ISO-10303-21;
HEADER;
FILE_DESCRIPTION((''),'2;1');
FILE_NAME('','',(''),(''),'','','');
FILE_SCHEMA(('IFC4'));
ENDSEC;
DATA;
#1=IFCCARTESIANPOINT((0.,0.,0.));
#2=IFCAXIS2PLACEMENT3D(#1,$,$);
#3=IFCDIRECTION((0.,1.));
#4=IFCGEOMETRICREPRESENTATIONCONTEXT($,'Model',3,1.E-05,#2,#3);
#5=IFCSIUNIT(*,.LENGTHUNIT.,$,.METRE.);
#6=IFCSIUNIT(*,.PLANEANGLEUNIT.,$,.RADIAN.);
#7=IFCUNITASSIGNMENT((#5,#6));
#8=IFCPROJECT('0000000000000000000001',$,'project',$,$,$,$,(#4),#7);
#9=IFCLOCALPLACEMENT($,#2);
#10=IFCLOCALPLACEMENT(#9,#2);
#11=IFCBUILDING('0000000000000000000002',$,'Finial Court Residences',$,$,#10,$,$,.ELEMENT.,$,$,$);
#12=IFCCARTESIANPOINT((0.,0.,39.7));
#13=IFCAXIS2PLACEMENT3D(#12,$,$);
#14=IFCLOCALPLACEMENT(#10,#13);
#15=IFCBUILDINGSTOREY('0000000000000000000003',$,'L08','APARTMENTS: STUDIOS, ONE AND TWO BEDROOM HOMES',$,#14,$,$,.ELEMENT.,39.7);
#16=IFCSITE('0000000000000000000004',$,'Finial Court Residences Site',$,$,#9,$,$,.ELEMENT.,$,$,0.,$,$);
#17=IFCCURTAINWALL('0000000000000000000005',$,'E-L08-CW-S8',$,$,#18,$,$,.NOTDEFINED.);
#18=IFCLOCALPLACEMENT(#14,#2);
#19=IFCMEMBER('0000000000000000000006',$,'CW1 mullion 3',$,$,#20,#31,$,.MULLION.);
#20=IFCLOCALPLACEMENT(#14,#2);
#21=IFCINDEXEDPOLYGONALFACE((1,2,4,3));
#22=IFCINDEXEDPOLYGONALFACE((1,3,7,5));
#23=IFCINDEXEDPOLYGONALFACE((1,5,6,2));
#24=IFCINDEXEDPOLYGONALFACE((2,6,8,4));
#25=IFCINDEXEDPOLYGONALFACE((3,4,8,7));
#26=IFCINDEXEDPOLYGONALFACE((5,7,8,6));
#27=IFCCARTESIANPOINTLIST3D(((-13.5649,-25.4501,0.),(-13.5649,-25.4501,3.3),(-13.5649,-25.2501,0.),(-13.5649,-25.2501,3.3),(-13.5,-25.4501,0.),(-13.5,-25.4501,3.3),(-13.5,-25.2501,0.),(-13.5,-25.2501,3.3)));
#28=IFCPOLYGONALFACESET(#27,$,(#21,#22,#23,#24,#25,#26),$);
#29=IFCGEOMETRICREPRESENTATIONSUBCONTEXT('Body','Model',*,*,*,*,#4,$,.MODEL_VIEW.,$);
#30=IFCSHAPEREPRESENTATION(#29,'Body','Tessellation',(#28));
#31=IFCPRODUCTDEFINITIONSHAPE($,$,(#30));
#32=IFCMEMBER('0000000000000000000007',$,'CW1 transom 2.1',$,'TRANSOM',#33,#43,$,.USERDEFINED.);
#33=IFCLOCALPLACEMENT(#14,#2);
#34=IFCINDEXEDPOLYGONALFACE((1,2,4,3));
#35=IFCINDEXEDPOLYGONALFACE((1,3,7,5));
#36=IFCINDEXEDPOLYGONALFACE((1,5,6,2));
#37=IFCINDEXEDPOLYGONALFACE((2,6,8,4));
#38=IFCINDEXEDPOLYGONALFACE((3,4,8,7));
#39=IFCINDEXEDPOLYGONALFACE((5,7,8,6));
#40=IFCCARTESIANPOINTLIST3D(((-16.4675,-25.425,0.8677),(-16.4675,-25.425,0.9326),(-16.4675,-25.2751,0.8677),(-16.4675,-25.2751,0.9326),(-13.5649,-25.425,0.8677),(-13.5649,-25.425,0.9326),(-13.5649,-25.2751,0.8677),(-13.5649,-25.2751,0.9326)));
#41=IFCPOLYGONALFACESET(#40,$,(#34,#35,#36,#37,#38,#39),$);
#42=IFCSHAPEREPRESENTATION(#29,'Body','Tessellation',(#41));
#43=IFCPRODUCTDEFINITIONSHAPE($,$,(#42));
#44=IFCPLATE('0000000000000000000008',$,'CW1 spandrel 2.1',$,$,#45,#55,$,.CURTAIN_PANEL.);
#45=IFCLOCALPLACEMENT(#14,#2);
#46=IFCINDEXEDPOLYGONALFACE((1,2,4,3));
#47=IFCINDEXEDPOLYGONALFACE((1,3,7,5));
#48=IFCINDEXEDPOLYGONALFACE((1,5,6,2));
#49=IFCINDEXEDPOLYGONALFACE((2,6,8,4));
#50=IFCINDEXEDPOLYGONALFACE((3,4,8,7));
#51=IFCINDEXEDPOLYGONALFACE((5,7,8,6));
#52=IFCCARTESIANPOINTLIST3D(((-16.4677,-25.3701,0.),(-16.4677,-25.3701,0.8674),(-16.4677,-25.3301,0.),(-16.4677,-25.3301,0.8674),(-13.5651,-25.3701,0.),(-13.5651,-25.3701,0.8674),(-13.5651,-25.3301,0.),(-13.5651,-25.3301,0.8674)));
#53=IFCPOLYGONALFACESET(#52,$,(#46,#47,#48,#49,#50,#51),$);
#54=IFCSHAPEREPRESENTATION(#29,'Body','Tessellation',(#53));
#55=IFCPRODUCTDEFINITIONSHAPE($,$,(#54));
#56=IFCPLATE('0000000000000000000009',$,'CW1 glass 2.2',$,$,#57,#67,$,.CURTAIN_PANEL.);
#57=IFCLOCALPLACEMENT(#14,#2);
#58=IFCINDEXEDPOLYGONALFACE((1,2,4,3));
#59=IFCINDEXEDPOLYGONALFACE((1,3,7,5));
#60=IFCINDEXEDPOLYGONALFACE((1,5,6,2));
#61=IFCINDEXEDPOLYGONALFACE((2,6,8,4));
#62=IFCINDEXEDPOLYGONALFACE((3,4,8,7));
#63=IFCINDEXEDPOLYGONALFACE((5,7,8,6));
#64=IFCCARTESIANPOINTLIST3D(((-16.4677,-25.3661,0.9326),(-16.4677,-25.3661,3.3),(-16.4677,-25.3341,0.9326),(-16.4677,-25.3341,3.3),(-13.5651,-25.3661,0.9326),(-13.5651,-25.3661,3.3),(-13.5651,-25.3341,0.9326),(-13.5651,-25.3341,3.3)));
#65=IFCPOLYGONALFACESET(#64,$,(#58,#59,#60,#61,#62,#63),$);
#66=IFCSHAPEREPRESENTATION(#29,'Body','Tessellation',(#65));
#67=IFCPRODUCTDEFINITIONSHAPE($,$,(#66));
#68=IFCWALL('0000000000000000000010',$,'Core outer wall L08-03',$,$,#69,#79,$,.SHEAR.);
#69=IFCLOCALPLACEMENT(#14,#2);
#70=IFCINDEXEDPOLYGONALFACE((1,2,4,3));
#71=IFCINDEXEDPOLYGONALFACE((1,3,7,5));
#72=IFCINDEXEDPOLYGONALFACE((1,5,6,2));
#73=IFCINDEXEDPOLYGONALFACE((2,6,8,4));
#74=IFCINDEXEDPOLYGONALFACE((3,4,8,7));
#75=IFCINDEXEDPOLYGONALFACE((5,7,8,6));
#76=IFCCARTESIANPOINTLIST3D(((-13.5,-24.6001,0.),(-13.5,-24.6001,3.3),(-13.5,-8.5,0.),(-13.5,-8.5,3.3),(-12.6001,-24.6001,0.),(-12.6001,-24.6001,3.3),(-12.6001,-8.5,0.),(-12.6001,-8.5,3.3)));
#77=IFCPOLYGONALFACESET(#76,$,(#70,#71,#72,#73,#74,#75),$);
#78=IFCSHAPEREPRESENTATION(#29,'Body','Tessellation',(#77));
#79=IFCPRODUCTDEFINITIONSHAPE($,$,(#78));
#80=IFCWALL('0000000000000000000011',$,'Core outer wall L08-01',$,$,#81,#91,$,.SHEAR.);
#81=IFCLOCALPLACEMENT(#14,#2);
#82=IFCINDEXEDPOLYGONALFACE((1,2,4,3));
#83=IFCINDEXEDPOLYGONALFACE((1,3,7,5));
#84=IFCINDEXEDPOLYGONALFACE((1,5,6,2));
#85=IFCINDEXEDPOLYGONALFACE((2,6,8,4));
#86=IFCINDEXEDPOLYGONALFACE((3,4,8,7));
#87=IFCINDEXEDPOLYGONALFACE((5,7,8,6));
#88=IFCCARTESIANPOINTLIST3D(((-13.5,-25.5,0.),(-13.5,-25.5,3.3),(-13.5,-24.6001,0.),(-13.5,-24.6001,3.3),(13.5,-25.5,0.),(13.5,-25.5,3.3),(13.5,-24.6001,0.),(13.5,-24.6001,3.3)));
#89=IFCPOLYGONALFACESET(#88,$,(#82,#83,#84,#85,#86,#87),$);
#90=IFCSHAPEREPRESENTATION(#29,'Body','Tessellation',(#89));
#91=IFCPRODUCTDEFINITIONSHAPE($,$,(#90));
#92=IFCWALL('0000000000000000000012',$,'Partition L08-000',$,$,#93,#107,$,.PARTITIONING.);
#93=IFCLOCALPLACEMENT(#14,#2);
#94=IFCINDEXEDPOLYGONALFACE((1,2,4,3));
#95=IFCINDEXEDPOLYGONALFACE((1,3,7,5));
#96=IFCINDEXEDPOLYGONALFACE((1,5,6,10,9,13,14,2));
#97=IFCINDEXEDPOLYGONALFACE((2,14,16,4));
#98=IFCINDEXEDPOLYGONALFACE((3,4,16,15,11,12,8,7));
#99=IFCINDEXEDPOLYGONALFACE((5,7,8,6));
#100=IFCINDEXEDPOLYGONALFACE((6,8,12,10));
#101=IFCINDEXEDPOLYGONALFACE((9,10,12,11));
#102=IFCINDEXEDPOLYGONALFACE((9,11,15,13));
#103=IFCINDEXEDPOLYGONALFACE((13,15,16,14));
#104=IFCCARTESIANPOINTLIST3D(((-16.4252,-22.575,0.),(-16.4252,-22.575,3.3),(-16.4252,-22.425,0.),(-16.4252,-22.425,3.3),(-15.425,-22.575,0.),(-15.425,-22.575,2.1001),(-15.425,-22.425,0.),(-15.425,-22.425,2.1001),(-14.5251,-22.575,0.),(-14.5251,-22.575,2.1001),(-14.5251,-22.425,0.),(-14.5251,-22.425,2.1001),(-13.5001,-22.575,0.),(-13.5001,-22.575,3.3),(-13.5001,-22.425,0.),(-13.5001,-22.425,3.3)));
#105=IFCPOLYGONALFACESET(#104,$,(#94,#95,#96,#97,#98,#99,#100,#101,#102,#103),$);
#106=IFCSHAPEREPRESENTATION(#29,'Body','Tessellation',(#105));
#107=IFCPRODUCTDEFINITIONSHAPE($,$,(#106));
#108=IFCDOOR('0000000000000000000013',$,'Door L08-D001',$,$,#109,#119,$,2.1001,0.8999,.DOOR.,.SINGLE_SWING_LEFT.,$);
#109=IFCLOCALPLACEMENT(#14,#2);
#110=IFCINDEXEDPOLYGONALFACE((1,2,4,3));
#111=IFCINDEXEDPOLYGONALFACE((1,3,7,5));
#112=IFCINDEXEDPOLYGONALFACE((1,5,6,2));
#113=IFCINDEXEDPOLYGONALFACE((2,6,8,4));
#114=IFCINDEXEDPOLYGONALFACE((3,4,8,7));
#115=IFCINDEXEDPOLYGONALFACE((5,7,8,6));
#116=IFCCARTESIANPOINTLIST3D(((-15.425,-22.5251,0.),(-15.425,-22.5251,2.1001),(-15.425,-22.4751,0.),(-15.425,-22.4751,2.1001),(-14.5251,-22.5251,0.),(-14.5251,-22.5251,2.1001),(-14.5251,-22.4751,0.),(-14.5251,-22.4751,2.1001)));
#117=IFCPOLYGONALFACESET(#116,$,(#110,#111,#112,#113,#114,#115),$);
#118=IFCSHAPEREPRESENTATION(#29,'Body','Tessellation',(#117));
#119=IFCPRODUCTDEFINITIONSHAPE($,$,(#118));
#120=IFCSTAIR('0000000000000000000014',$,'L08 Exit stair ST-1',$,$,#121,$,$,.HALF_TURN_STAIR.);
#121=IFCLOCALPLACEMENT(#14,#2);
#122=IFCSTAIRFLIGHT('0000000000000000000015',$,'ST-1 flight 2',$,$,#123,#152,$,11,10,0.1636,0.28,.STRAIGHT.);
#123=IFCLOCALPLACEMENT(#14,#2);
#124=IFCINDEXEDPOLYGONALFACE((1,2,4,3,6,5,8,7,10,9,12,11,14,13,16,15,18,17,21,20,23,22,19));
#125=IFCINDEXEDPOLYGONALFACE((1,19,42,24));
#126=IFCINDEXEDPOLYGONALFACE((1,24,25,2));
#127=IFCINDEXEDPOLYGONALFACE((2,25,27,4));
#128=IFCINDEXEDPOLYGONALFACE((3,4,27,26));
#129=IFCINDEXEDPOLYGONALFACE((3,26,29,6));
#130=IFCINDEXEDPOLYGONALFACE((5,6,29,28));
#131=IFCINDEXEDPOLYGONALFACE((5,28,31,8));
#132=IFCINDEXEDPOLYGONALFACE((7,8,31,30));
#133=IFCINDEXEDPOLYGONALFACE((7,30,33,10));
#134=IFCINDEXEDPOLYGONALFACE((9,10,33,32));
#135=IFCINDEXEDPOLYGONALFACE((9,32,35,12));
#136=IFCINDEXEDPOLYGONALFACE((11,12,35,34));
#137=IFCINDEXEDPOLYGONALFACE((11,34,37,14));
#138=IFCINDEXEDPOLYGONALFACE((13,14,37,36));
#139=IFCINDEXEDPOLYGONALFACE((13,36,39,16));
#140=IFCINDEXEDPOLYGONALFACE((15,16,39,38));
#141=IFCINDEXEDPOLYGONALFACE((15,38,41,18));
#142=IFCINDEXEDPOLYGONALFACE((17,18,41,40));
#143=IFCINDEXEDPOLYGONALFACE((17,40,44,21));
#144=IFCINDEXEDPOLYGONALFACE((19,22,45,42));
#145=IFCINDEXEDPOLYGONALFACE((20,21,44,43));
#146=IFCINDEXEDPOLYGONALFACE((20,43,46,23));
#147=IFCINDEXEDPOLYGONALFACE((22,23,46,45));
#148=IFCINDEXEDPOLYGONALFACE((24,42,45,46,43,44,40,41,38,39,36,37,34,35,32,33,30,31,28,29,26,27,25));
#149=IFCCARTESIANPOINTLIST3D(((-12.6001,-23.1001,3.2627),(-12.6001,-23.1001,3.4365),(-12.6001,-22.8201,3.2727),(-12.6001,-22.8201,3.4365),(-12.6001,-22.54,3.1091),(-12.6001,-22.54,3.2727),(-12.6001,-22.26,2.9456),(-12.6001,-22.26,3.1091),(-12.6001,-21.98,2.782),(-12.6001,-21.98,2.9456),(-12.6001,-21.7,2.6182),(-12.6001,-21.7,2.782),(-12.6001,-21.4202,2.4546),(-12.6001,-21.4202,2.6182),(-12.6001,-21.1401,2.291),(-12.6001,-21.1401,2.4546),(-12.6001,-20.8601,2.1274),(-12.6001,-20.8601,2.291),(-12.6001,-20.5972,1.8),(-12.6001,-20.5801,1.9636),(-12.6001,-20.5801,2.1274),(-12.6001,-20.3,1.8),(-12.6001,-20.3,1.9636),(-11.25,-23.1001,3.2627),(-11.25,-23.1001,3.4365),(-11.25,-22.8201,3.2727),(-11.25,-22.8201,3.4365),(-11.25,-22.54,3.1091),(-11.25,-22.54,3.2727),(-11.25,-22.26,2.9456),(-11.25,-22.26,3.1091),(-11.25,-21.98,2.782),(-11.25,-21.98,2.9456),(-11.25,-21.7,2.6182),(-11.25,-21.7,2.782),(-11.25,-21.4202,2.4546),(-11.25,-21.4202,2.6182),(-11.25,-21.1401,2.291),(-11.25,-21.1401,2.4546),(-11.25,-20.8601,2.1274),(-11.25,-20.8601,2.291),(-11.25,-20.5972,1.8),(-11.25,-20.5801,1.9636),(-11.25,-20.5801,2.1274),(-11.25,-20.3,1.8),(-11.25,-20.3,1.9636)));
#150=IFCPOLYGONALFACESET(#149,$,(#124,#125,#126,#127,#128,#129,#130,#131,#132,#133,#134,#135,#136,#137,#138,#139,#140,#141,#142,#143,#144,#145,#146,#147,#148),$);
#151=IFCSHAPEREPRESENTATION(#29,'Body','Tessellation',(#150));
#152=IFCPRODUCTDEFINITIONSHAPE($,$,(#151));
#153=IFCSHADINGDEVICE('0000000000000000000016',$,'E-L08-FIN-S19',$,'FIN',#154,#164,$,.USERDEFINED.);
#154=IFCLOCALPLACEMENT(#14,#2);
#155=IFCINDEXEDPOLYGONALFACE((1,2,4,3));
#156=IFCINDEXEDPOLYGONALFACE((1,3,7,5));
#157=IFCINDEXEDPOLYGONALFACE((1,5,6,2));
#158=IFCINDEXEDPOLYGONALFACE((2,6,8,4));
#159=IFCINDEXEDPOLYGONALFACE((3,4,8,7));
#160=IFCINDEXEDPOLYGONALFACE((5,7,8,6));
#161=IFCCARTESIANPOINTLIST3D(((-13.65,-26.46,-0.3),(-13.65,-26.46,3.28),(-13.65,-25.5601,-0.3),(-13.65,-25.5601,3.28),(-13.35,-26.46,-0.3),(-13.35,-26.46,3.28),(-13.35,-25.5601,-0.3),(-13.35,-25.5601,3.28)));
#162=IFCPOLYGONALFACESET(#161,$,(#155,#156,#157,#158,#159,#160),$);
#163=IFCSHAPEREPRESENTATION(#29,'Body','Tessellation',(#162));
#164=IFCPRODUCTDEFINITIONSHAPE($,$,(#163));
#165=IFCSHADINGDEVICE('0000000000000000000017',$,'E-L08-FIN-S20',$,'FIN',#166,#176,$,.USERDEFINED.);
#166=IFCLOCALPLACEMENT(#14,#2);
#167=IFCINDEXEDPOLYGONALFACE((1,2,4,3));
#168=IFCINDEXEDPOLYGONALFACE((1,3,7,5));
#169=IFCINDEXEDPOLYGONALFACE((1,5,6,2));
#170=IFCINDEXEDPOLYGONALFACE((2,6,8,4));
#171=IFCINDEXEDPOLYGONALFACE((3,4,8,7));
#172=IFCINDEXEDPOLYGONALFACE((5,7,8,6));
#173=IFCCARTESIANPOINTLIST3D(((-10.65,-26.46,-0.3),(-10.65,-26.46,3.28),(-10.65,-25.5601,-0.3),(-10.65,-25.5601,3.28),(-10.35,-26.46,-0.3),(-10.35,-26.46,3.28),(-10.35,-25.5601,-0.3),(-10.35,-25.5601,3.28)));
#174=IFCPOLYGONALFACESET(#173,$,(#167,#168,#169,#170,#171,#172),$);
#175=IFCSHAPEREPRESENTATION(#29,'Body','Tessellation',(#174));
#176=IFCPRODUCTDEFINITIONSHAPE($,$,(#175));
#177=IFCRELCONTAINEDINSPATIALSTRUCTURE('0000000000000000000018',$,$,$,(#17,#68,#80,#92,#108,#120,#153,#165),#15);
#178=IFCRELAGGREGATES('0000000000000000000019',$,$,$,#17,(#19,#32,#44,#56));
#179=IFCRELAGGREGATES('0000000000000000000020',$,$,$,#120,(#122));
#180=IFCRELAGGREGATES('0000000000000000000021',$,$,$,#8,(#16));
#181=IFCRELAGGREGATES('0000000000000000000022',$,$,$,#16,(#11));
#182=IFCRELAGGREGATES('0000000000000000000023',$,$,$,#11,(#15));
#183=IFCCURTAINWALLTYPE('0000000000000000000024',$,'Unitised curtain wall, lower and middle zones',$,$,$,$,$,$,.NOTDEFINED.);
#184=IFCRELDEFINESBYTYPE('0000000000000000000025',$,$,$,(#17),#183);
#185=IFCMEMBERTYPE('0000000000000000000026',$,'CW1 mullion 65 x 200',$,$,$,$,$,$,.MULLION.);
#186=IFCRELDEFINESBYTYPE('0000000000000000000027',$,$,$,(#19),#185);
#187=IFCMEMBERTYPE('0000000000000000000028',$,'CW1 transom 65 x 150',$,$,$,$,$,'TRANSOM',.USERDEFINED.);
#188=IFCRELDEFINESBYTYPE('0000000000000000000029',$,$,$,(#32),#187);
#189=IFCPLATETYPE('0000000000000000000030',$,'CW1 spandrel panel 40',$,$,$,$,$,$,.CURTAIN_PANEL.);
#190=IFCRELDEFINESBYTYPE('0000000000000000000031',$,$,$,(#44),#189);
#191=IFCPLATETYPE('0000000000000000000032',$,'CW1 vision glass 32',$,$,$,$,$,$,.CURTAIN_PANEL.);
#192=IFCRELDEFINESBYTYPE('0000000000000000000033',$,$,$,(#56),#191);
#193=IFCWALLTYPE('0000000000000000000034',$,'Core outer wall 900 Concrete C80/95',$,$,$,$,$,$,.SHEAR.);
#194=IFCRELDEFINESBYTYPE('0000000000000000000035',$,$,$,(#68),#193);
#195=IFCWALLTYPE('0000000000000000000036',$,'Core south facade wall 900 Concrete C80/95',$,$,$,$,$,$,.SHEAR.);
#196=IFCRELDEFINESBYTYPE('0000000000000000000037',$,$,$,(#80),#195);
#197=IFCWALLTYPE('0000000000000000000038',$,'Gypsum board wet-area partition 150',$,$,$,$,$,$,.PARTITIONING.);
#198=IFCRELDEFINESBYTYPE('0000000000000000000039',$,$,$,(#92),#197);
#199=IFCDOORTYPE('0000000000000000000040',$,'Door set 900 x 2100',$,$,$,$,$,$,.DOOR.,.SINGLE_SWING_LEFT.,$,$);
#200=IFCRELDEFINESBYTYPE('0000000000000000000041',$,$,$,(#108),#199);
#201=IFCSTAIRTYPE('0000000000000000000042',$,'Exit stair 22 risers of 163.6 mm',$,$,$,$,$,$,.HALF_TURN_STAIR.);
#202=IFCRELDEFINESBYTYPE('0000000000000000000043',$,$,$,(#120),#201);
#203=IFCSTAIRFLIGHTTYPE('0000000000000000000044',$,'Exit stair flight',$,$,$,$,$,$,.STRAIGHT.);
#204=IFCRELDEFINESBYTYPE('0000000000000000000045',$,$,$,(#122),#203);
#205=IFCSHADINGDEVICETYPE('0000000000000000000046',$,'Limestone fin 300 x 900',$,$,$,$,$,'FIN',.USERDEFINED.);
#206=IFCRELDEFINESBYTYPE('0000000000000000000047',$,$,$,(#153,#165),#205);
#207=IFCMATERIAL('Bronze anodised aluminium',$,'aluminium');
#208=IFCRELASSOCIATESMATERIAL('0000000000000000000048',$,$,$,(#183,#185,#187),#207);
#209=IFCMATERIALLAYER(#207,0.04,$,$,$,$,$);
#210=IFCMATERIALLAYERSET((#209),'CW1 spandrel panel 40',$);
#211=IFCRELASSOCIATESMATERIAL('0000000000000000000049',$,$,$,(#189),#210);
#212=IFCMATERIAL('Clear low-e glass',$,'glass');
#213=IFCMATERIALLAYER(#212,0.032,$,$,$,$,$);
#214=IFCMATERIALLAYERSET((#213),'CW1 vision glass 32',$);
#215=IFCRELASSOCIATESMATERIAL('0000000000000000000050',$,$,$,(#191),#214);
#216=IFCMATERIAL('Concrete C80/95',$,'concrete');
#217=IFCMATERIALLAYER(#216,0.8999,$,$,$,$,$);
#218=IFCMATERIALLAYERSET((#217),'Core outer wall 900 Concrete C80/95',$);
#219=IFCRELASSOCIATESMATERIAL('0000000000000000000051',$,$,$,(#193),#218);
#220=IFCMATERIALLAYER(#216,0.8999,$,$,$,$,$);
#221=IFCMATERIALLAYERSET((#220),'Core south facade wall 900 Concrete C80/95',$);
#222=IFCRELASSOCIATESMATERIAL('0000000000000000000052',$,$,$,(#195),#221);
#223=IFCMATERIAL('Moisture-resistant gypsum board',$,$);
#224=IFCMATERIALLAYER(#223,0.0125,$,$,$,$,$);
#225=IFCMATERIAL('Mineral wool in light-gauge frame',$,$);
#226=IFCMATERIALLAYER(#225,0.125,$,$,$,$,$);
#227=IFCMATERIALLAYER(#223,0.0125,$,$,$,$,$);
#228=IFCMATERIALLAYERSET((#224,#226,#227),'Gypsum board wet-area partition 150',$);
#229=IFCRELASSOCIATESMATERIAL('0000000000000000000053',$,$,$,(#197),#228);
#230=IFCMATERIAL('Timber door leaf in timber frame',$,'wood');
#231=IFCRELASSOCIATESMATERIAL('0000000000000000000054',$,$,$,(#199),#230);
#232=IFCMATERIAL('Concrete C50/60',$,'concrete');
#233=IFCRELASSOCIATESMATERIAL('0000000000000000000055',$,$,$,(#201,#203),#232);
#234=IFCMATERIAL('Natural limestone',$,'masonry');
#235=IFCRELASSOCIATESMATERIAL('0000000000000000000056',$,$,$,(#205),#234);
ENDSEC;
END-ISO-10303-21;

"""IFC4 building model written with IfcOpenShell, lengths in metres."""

from ifc_helpers import new_model, si_unit, direction, frame, frame_2d, origin, origin_2d, place, context, subcontext, project, spatial, polyline, rectangle, outline, extrude, material, layer, layer_set, material_profile, profile_set, type_object, element, fill, aggregate, save


model = new_model("IFC4")

# Units and contexts
model_context = context("Model", 3, precision=1e-05, world=origin(), true_north=direction((0.0, 1.0)))
body_context = subcontext(model_context, "Body", "Model", "MODEL_VIEW")
ifc_project = project(units=[si_unit("LENGTHUNIT", "METRE"), si_unit("PLANEANGLEUNIT", "RADIAN")], contexts=[model_context])

# Site, building, storey
site_placement = place(None, origin())
site = spatial("IfcSite", under=ifc_project, at=site_placement, Name="Finial Court Residences Site", CompositionType="ELEMENT", RefElevation=0.0)
building_placement = place(site_placement, origin())
building = spatial("IfcBuilding", under=site, at=building_placement, Name="Finial Court Residences", CompositionType="ELEMENT")
storey_placement = place(building_placement, frame((0.0, 0.0, 39.7)))
storey = spatial("IfcBuildingStorey", under=building, at=storey_placement, Name="L08", Description="APARTMENTS: STUDIOS, ONE AND TWO BEDROOM HOMES", CompositionType="ELEMENT", Elevation=39.7)

# Curtain wall, members, plates
ifc_material_1 = material(Name="Bronze anodised aluminium", Category="aluminium")
curtain_wall_type = type_object("IfcCurtainWallType", Name="Unitised curtain wall, lower and middle zones", PredefinedType="NOTDEFINED", material=ifc_material_1)
curtain_wall_placement = place(storey_placement, origin())
curtain_wall = element("IfcCurtainWall", 1, at=curtain_wall_placement, inside=storey, type_object=curtain_wall_type, Name="E-L08-CW-S8", PredefinedType="NOTDEFINED")
ifc_material_profile_1 = material_profile(ifc_material_1, rectangle(XDim=0.2, YDim=0.0649, at=origin_2d()), Name="CW1 mullion 65 x 200")
ifc_profile_set_1 = profile_set([ifc_material_profile_1], Name="Bronze anodised aluminium")
member_type_1 = type_object("IfcMemberType", Name="CW1 mullion 65 x 200", PredefinedType="MULLION", material=ifc_profile_set_1)
member_1_placement = place(storey_placement, frame((-13.5325, -25.3501, 0.0), z_axis=(0.0, 0.0, 1.0), x_axis=(0.0, 1.0, 0.0)))
member_1 = element("IfcMember", 2, at=member_1_placement, type_object=member_type_1, Name="CW1 mullion 3", PredefinedType="MULLION", context=body_context, shape_type="SweptSolid", body=[
    extrude(rectangle(XDim=0.2, YDim=0.0649, at=origin_2d()), origin(), (0.0, 0.0, 1.0), 3.3),
])
ifc_material_profile_2 = material_profile(ifc_material_1, rectangle(XDim=0.1499, YDim=0.0649, at=origin_2d()), Name="CW1 transom 65 x 150")
ifc_profile_set_2 = profile_set([ifc_material_profile_2], Name="Bronze anodised aluminium")
member_type_2 = type_object("IfcMemberType", Name="CW1 transom 65 x 150", ElementType="TRANSOM", PredefinedType="USERDEFINED", material=ifc_profile_set_2)
member_2_placement = place(storey_placement, frame((-16.4675, -25.3501, 0.9001), z_axis=(1.0, 0.0, 0.0), x_axis=(0.0, 1.0, 0.0)))
member_2 = element("IfcMember", 3, at=member_2_placement, type_object=member_type_2, Name="CW1 transom 2.1", ObjectType="TRANSOM", PredefinedType="USERDEFINED", context=body_context, shape_type="SweptSolid", body=[
    extrude(rectangle(XDim=0.1499, YDim=0.0649, at=origin_2d()), origin(), (0.0, 0.0, 1.0), 2.9026),
])
ifc_layer_1 = layer(ifc_material_1, 0.04)
ifc_layer_set_1 = layer_set([ifc_layer_1], Name="CW1 spandrel panel 40")
plate_type_1 = type_object("IfcPlateType", Name="CW1 spandrel panel 40", PredefinedType="CURTAIN_PANEL", material=ifc_layer_set_1)
plate_1_placement = place(storey_placement, frame((-15.0164, -25.3501, 0.0), z_axis=(0.0, 0.0, 1.0), x_axis=(1.0, 0.0, 0.0)))
plate_1 = element("IfcPlate", 4, at=plate_1_placement, type_object=plate_type_1, Name="CW1 spandrel 2.1", PredefinedType="CURTAIN_PANEL", context=body_context, shape_type="SweptSolid", body=[
    extrude(rectangle(XDim=2.9026, YDim=0.04, at=origin_2d()), origin(), (0.0, 0.0, 1.0), 0.8674),
])
ifc_material_2 = material(Name="Clear low-e glass", Category="glass")
ifc_layer_2 = layer(ifc_material_2, 0.032)
ifc_layer_set_2 = layer_set([ifc_layer_2], Name="CW1 vision glass 32")
plate_type_2 = type_object("IfcPlateType", Name="CW1 vision glass 32", PredefinedType="CURTAIN_PANEL", material=ifc_layer_set_2)
plate_2_placement = place(storey_placement, frame((-15.0164, -25.3501, 0.9326), z_axis=(0.0, 0.0, 1.0), x_axis=(1.0, 0.0, 0.0)))
plate_2 = element("IfcPlate", 5, at=plate_2_placement, type_object=plate_type_2, Name="CW1 glass 2.2", PredefinedType="CURTAIN_PANEL", context=body_context, shape_type="SweptSolid", body=[
    extrude(rectangle(XDim=2.9026, YDim=0.032, at=origin_2d()), origin(), (0.0, 0.0, 1.0), 2.3674),
])
aggregate(curtain_wall, [member_1, member_2, plate_1, plate_2])

# Walls
ifc_material_3 = material(Name="Concrete C80/95", Category="concrete")
ifc_layer_3 = layer(ifc_material_3, 0.8999)
ifc_layer_set_3 = layer_set([ifc_layer_3], Name="Core outer wall 900 Concrete C80/95")
wall_type_1 = type_object("IfcWallType", Name="Core outer wall 900 Concrete C80/95", PredefinedType="SHEAR", material=ifc_layer_set_3)
wall_1_placement = place(storey_placement, frame((-13.05, -24.6001, 0.0), z_axis=(0.0, 0.0, 1.0), x_axis=(0.0, 1.0, 0.0)))
element("IfcWall", 6, at=wall_1_placement, inside=storey, type_object=wall_type_1, Name="Core outer wall L08-03", PredefinedType="SHEAR", context=body_context, shape_type="SweptSolid", body=[
    extrude(rectangle(XDim=16.1001, YDim=0.8999, at=frame_2d((8.05, 0.0))), origin(), (0.0, 0.0, 1.0), 3.3),
])
ifc_layer_4 = layer(ifc_material_3, 0.8999)
ifc_layer_set_4 = layer_set([ifc_layer_4], Name="Core south facade wall 900 Concrete C80/95")
wall_type_2 = type_object("IfcWallType", Name="Core south facade wall 900 Concrete C80/95", PredefinedType="SHEAR", material=ifc_layer_set_4)
wall_2_placement = place(storey_placement, frame((-13.5, -25.05, 0.0), z_axis=(0.0, 0.0, 1.0), x_axis=(1.0, 0.0, 0.0)))
element("IfcWall", 7, at=wall_2_placement, inside=storey, type_object=wall_type_2, Name="Core outer wall L08-01", PredefinedType="SHEAR", context=body_context, shape_type="SweptSolid", body=[
    extrude(rectangle(XDim=27.0, YDim=0.8999, at=frame_2d((13.5, 0.0))), origin(), (0.0, 0.0, 1.0), 3.3),
])

# Wall, opening, door
ifc_material_4 = material(Name="Moisture-resistant gypsum board")
ifc_layer_5 = layer(ifc_material_4, 0.0125)
ifc_material_5 = material(Name="Mineral wool in light-gauge frame")
ifc_layer_6 = layer(ifc_material_5, 0.125)
ifc_layer_7 = layer(ifc_material_4, 0.0125)
ifc_layer_set_5 = layer_set([ifc_layer_5, ifc_layer_6, ifc_layer_7], Name="Gypsum board wet-area partition 150")
wall_type_3 = type_object("IfcWallType", Name="Gypsum board wet-area partition 150", PredefinedType="PARTITIONING", material=ifc_layer_set_5)
wall_3_placement = place(storey_placement, frame((-16.425, -22.5, 0.0), z_axis=(0.0, 0.0, 1.0), x_axis=(1.0, 0.0, 0.0)))
wall_3 = element("IfcWall", 8, at=wall_3_placement, inside=storey, type_object=wall_type_3, Name="Partition L08-000", PredefinedType="PARTITIONING", context=body_context, shape_type="SweptSolid", body=[
    extrude(rectangle(XDim=2.925, YDim=0.1499, at=frame_2d((1.4624, 0.0))), origin(), (0.0, 0.0, 1.0), 3.3),
])
opening_placement = place(wall_3_placement, frame((1.0, 0.0, 0.0)))
opening = element("IfcOpeningElement", 9, at=opening_placement, cuts=wall_3, PredefinedType="OPENING", context=body_context, shape_type="SweptSolid", body=[
    extrude(rectangle(XDim=0.8999, YDim=2.1001, at=frame_2d((0.45, 1.05))), frame((0.0, 0.085, 0.0), z_axis=(0.0, -1.0, 0.0), x_axis=(1.0, 0.0, 0.0)), (0.0, 0.0, 1.0), 0.1699),
])
ifc_material_6 = material(Name="Timber door leaf in timber frame", Category="wood")
door_type = type_object("IfcDoorType", Name="Door set 900 x 2100", OperationType="SINGLE_SWING_LEFT", PredefinedType="DOOR", material=ifc_material_6)
door_placement = place(opening_placement, origin())
door = element("IfcDoor", 10, at=door_placement, inside=storey, type_object=door_type, Name="Door L08-D001", OperationType="SINGLE_SWING_LEFT", OverallHeight=2.1001, OverallWidth=0.8999, PredefinedType="DOOR", context=body_context, shape_type="SweptSolid", body=[
    extrude(rectangle(XDim=0.8999, YDim=2.1001, at=frame_2d((0.45, 1.05))), frame((0.0, 0.0249, 0.0), z_axis=(0.0, -1.0, 0.0), x_axis=(1.0, 0.0, 0.0)), (0.0, 0.0, 1.0), 0.05),
])
fill(opening, door)

# Stair, stair flight
ifc_material_7 = material(Name="Concrete C50/60", Category="concrete")
stair_type = type_object("IfcStairType", Name="Exit stair 22 risers of 163.6 mm", PredefinedType="HALF_TURN_STAIR", material=ifc_material_7)
stair_placement = place(storey_placement, origin())
stair = element("IfcStair", 11, at=stair_placement, inside=storey, type_object=stair_type, Name="L08 Exit stair ST-1", PredefinedType="HALF_TURN_STAIR")
stair_flight_type = type_object("IfcStairFlightType", Name="Exit stair flight", PredefinedType="STRAIGHT", material=ifc_material_7)
stair_flight_placement = place(storey_placement, frame((-11.925, -20.3, 1.8), z_axis=(0.0, 0.0, 1.0), x_axis=(0.0, -1.0, 0.0)))
stair_flight = element("IfcStairFlight", 12, at=stair_flight_placement, type_object=stair_flight_type, Name="ST-1 flight 2", NumberOfRisers=11, NumberOfTreads=10, PredefinedType="STRAIGHT", RiserHeight=0.1636, TreadLength=0.28, context=body_context, shape_type="SweptSolid", body=[
    extrude(outline(polyline([(0.0, 0.0), (0.0, 0.1636), (0.28, 0.1636), (0.28, 0.3274), (0.5601, 0.3274), (0.5601, 0.491), (0.8401, 0.491), (0.8401, 0.6545), (1.1201, 0.6545), (1.1201, 0.8181), (1.3999, 0.8181), (1.3999, 0.9819), (1.6799, 0.9819), (1.6799, 1.1455), (1.96, 1.1455), (1.96, 1.3091), (2.24, 1.3091), (2.24, 1.4727), (2.52, 1.4727), (2.52, 1.6365), (2.8, 1.6365), (2.8, 1.8), (2.8, 1.4626), (0.2971, 0.0), (0.0, 0.0)])), frame((0.0, 0.675, 0.0), z_axis=(0.0, -1.0, 0.0), x_axis=(1.0, 0.0, 0.0)), (0.0, 0.0, 1.0), 1.3501),
])
aggregate(stair, [stair_flight])

# Shading devices
ifc_material_8 = material(Name="Natural limestone", Category="masonry")
shading_device_type = type_object("IfcShadingDeviceType", Name="Limestone fin 300 x 900", ElementType="FIN", PredefinedType="USERDEFINED", material=ifc_material_8)
for number, where, z_axis, x_axis, name in (
    (13, (-13.5, -26.01, -0.3), (0.0, 0.0, 1.0), (1.0, 0.0, 0.0), "E-L08-FIN-S19"),
    (14, (-10.5, -26.01, -0.3), (0.0, 0.0, 1.0), (1.0, 0.0, 0.0), "E-L08-FIN-S20"),
):
    element("IfcShadingDevice", number, at=place(storey_placement, frame(where, z_axis=z_axis, x_axis=x_axis)), inside=storey, type_object=shading_device_type, Name=name, ObjectType="FIN", PredefinedType="USERDEFINED", context=body_context, shape_type="SweptSolid", body=[
        extrude(rectangle(XDim=0.3, YDim=0.8999, at=origin_2d()), origin(), (0.0, 0.0, 1.0), 3.5801),
    ])

save(model, "model.ifc")
